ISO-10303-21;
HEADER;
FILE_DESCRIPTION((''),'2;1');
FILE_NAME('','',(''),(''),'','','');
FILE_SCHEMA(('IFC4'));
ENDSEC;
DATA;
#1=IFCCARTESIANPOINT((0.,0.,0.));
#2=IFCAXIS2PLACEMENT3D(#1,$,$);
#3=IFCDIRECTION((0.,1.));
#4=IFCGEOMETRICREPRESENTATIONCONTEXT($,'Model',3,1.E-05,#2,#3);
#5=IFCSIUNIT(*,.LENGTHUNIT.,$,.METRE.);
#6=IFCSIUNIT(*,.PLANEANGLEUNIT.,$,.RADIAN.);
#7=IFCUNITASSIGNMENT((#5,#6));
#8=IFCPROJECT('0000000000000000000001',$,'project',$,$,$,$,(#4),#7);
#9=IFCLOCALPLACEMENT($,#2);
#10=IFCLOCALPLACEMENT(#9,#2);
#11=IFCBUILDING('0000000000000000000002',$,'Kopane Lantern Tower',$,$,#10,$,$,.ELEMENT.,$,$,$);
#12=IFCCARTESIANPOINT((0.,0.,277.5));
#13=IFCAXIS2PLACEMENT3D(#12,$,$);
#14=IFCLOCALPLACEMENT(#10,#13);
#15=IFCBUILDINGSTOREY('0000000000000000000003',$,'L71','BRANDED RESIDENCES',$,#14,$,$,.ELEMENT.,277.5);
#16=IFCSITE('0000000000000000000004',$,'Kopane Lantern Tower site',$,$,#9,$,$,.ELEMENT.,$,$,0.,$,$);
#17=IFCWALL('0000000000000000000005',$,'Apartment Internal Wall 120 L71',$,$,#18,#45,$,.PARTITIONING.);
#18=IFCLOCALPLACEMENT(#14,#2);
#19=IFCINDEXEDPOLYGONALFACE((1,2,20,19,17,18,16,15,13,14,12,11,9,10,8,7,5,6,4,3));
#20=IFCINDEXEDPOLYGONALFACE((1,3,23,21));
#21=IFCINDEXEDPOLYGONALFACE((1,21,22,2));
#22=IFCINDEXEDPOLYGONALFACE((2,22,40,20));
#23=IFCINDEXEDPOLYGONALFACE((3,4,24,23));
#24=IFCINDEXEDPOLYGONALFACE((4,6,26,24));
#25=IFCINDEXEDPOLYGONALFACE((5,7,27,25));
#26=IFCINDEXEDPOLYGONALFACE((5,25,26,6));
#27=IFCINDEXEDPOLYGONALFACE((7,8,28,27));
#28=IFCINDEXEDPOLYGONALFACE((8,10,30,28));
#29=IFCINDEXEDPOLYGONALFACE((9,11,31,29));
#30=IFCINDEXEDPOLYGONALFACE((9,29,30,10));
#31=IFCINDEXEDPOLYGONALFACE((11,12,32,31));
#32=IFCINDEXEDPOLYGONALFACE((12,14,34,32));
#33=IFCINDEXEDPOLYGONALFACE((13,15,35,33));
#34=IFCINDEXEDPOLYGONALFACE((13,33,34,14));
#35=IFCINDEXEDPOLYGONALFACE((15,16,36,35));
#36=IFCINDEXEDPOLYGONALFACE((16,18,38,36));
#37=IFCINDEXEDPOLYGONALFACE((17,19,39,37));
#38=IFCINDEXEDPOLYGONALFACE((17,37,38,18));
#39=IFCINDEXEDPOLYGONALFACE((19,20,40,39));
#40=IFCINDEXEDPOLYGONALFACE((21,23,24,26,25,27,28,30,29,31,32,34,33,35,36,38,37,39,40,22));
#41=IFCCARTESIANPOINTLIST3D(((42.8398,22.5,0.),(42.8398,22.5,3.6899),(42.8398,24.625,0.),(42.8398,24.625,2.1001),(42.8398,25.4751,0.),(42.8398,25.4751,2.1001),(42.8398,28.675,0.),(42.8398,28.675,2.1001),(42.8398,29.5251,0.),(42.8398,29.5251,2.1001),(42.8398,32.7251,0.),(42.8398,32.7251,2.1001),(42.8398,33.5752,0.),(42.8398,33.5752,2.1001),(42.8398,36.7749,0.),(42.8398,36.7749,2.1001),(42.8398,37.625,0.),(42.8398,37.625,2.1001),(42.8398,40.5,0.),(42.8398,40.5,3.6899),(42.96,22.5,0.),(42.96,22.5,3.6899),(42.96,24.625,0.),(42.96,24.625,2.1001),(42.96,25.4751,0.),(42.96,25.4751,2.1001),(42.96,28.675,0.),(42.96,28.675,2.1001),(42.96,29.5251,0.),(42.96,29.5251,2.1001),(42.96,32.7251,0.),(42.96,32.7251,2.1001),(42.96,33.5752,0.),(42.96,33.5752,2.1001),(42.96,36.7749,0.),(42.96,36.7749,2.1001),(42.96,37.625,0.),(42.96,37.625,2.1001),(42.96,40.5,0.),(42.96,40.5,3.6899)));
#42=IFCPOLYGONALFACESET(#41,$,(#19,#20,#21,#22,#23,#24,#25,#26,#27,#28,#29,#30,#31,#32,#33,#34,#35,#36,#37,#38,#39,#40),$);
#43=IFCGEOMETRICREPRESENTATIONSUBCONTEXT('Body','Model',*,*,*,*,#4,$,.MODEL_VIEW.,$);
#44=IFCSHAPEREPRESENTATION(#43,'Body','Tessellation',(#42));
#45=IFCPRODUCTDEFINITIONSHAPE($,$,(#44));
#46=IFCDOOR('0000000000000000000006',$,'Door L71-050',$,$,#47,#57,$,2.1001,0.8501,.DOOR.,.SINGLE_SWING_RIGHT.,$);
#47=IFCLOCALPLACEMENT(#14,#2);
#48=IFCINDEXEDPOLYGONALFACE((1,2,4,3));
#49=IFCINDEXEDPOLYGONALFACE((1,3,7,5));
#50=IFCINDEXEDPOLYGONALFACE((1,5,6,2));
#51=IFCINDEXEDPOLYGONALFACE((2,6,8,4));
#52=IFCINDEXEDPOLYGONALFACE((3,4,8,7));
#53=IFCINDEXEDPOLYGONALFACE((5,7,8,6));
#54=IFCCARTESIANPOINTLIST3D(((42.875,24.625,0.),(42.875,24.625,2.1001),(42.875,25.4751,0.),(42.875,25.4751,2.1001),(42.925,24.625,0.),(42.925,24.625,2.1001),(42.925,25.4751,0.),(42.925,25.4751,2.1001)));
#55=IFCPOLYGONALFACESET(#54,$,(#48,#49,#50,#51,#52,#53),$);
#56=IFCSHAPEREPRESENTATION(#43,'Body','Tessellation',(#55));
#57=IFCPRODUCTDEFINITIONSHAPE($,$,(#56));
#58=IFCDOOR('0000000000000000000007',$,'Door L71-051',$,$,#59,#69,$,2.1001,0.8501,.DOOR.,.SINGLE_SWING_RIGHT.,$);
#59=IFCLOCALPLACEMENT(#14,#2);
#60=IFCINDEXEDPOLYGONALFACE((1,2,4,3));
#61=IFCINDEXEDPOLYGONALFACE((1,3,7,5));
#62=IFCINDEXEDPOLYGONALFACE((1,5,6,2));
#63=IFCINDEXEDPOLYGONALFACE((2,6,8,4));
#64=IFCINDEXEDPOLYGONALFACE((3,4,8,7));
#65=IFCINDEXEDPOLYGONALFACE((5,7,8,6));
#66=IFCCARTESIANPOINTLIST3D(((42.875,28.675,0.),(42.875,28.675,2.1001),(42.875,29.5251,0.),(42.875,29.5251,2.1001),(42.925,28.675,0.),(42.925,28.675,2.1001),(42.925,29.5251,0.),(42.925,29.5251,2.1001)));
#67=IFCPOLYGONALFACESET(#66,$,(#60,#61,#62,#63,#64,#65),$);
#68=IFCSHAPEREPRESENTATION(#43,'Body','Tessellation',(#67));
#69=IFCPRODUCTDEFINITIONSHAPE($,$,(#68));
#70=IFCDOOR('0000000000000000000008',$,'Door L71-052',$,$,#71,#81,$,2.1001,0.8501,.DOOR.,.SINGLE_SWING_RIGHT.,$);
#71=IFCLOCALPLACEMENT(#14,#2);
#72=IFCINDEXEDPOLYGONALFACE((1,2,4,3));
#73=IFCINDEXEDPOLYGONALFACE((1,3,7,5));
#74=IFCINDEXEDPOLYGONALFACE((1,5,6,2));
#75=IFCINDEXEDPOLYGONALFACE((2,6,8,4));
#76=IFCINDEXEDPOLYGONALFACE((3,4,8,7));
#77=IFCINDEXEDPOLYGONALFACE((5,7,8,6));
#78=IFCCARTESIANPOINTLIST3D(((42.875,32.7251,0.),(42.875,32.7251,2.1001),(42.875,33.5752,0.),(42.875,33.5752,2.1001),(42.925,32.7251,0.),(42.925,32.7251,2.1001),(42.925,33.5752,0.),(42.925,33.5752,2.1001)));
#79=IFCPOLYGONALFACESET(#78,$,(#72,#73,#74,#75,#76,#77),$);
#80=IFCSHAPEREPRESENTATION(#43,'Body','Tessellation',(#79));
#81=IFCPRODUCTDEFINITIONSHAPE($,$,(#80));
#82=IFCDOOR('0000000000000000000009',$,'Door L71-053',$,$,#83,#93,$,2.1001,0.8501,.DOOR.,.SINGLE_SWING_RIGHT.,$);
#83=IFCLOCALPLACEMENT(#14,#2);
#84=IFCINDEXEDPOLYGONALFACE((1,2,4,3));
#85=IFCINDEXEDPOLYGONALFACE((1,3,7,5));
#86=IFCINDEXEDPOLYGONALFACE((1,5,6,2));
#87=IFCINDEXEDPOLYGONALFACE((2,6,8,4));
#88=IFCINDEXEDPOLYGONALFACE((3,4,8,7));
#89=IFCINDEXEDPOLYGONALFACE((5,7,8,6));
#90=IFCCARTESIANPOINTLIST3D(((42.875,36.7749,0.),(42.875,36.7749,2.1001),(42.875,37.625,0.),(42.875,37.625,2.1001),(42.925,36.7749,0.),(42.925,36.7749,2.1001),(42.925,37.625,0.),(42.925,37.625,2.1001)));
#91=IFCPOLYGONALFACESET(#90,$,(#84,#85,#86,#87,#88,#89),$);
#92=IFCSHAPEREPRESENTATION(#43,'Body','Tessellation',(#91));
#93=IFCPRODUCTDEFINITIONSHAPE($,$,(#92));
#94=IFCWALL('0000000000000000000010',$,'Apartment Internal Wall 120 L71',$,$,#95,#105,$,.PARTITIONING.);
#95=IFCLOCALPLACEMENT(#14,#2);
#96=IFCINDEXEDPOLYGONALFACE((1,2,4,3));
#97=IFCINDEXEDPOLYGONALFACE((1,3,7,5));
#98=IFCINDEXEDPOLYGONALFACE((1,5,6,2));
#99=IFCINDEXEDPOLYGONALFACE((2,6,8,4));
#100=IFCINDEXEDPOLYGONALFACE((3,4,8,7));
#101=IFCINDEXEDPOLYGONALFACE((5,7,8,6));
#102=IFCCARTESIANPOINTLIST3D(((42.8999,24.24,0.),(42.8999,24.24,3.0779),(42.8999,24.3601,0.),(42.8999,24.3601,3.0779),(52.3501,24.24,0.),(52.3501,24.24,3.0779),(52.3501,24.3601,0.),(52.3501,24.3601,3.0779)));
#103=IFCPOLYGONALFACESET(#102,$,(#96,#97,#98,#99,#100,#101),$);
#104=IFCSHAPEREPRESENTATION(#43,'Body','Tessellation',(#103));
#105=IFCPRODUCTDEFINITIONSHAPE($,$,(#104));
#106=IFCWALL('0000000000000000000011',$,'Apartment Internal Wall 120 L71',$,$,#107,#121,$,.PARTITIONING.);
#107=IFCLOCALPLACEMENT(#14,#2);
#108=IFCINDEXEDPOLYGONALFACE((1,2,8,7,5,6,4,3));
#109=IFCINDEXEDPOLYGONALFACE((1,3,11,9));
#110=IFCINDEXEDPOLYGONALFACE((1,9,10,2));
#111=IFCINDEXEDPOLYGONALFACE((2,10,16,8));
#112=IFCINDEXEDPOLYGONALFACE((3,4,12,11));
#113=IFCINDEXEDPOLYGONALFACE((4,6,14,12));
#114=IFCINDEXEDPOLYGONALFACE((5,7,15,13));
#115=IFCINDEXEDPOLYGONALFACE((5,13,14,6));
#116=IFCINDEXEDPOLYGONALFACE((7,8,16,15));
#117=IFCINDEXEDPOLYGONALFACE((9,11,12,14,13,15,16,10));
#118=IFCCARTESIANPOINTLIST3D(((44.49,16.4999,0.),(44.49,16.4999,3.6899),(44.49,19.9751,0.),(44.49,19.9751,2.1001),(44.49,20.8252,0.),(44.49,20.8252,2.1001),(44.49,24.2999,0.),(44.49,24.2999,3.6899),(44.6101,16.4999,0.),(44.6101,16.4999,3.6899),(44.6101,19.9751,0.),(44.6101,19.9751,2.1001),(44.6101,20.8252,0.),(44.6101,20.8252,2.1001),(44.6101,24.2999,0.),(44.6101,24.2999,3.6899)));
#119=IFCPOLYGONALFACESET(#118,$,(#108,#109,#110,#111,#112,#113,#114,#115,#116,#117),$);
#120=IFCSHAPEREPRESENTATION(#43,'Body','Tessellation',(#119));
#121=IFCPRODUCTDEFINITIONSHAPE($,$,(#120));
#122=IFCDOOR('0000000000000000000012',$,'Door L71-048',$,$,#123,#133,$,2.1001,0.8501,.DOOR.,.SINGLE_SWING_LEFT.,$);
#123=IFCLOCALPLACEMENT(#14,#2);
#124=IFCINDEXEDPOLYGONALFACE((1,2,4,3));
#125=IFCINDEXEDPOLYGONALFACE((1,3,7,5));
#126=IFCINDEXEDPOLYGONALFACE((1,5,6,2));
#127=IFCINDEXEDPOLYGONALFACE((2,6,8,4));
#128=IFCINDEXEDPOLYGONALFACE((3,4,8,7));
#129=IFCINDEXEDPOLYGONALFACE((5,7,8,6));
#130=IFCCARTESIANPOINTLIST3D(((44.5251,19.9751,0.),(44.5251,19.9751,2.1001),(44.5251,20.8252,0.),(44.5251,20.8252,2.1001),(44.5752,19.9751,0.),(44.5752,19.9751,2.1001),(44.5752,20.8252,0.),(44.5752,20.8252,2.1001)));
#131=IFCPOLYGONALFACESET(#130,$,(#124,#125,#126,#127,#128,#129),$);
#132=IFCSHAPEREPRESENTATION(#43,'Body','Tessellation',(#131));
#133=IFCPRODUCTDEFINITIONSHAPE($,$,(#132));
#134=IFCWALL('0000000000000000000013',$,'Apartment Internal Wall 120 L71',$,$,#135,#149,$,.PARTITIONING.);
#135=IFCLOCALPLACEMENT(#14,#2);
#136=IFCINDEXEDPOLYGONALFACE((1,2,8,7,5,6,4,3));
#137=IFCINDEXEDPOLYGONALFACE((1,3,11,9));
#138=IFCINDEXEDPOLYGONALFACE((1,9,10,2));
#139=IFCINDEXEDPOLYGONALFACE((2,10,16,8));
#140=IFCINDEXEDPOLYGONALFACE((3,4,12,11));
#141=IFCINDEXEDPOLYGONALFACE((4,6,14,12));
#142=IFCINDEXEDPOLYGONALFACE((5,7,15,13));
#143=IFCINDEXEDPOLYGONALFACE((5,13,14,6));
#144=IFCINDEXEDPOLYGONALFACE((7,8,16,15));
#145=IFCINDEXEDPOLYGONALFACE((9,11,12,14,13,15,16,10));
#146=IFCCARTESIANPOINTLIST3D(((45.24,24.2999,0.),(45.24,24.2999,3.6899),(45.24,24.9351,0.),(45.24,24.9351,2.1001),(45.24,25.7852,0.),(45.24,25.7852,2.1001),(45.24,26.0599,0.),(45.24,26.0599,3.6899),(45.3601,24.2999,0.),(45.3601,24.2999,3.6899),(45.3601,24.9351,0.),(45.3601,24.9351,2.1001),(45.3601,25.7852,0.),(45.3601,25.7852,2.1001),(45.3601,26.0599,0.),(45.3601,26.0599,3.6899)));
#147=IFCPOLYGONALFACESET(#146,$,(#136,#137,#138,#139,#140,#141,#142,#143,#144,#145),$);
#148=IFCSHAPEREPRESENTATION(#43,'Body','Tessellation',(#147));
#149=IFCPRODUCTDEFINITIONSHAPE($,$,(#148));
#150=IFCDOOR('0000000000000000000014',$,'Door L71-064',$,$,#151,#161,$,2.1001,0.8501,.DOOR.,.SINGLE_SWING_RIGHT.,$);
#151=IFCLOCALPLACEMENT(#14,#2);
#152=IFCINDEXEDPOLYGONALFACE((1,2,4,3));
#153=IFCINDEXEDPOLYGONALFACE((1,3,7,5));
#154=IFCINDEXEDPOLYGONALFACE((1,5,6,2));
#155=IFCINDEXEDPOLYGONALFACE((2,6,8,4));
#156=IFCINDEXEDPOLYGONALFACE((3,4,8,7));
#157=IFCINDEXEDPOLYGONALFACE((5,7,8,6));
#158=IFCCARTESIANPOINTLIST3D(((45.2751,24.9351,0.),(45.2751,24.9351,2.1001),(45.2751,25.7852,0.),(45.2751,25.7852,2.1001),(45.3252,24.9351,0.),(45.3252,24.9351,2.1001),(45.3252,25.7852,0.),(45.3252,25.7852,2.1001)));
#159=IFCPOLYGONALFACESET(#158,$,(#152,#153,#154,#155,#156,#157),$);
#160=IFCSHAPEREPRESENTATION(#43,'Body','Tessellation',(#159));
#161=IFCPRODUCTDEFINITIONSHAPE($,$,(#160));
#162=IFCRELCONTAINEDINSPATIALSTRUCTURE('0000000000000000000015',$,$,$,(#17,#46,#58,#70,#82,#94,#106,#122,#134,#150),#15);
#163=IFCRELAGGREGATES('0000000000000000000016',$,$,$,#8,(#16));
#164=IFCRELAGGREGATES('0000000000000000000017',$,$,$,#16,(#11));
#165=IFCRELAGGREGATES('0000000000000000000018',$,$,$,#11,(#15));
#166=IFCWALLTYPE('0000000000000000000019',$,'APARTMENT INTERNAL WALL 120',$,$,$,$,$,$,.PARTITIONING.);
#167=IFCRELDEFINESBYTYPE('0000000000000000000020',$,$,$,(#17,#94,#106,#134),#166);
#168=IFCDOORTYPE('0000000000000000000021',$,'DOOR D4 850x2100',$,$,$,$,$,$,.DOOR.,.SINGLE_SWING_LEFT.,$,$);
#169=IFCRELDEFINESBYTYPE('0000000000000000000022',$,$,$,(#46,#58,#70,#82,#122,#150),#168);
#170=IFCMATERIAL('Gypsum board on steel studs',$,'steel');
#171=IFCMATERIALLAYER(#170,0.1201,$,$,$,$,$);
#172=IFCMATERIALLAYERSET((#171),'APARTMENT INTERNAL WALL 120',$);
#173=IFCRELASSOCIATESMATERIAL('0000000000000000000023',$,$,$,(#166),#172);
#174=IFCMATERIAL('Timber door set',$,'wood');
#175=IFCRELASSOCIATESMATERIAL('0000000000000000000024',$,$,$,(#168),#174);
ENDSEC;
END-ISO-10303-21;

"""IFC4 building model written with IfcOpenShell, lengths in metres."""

from ifc_helpers import new_model, si_unit, direction, frame, frame_2d, origin, place, context, subcontext, project, spatial, rectangle, extrude, material, layer, layer_set, type_object, element, fill, save


model = new_model("IFC4")

# Units and contexts
model_context = context("Model", 3, precision=1e-05, world=origin(), true_north=direction((0.0, 1.0)))
body_context = subcontext(model_context, "Body", "Model", "MODEL_VIEW")
ifc_project = project(units=[si_unit("LENGTHUNIT", "METRE"), si_unit("PLANEANGLEUNIT", "RADIAN")], contexts=[model_context])

# Site, building, storey
site_placement = place(None, origin())
site = spatial("IfcSite", under=ifc_project, at=site_placement, Name="Kopane Lantern Tower site", CompositionType="ELEMENT", RefElevation=0.0)
building_placement = place(site_placement, origin())
building = spatial("IfcBuilding", under=site, at=building_placement, Name="Kopane Lantern Tower", CompositionType="ELEMENT")
storey_placement = place(building_placement, frame((0.0, 0.0, 277.5)))
storey = spatial("IfcBuildingStorey", under=building, at=storey_placement, Name="L71", Description="BRANDED RESIDENCES", CompositionType="ELEMENT", Elevation=277.5)

# Wall, openings, doors
ifc_material_1 = material(Name="Gypsum board on steel studs", Category="steel")
ifc_layer = layer(ifc_material_1, 0.1201)
ifc_layer_set = layer_set([ifc_layer], Name="APARTMENT INTERNAL WALL 120")
wall_type = type_object("IfcWallType", Name="APARTMENT INTERNAL WALL 120", PredefinedType="PARTITIONING", material=ifc_layer_set)
wall_1_placement = place(storey_placement, frame((42.8999, 22.5, 0.0), z_axis=(0.0, 0.0, 1.0), x_axis=(0.0, 1.0, 0.0)))
wall_1 = element("IfcWall", 1, at=wall_1_placement, inside=storey, type_object=wall_type, Name="Apartment Internal Wall 120 L71", PredefinedType="PARTITIONING", context=body_context, shape_type="SweptSolid", body=[
    extrude(rectangle(XDim=18.0, YDim=0.1201, at=frame_2d((9.0, 0.0))), origin(), (0.0, 0.0, 1.0), 3.6899),
])
opening_1_placement = place(wall_1_placement, frame((2.125, 0.0, 0.0)))
opening_1 = element("IfcOpeningElement", 2, at=opening_1_placement, cuts=wall_1, PredefinedType="OPENING", context=body_context, shape_type="SweptSolid", body=[
    extrude(rectangle(XDim=0.8501, YDim=2.1001, at=frame_2d((0.425, 1.05))), frame((0.0, 0.0701, 0.0), z_axis=(0.0, -1.0, 0.0), x_axis=(1.0, 0.0, 0.0)), (0.0, 0.0, 1.0), 0.1401),
])
opening_2_placement = place(wall_1_placement, frame((6.175, 0.0, 0.0)))
opening_2 = element("IfcOpeningElement", 3, at=opening_2_placement, cuts=wall_1, PredefinedType="OPENING", context=body_context, shape_type="SweptSolid", body=[
    extrude(rectangle(XDim=0.8501, YDim=2.1001, at=frame_2d((0.425, 1.05))), frame((0.0, 0.0701, 0.0), z_axis=(0.0, -1.0, 0.0), x_axis=(1.0, 0.0, 0.0)), (0.0, 0.0, 1.0), 0.1401),
])
opening_3_placement = place(wall_1_placement, frame((10.2251, 0.0, 0.0)))
opening_3 = element("IfcOpeningElement", 4, at=opening_3_placement, cuts=wall_1, PredefinedType="OPENING", context=body_context, shape_type="SweptSolid", body=[
    extrude(rectangle(XDim=0.8501, YDim=2.1001, at=frame_2d((0.425, 1.05))), frame((0.0, 0.0701, 0.0), z_axis=(0.0, -1.0, 0.0), x_axis=(1.0, 0.0, 0.0)), (0.0, 0.0, 1.0), 0.1401),
])
opening_4_placement = place(wall_1_placement, frame((14.2749, 0.0, 0.0)))
opening_4 = element("IfcOpeningElement", 5, at=opening_4_placement, cuts=wall_1, PredefinedType="OPENING", context=body_context, shape_type="SweptSolid", body=[
    extrude(rectangle(XDim=0.8501, YDim=2.1001, at=frame_2d((0.425, 1.05))), frame((0.0, 0.0701, 0.0), z_axis=(0.0, -1.0, 0.0), x_axis=(1.0, 0.0, 0.0)), (0.0, 0.0, 1.0), 0.1401),
])
ifc_material_2 = material(Name="Timber door set", Category="wood")
door_type = type_object("IfcDoorType", Name="DOOR D4 850x2100", OperationType="SINGLE_SWING_LEFT", PredefinedType="DOOR", material=ifc_material_2)
door_1_placement = place(opening_1_placement, origin())
door_1 = element("IfcDoor", 6, at=door_1_placement, inside=storey, type_object=door_type, Name="Door L71-050", OperationType="SINGLE_SWING_RIGHT", OverallHeight=2.1001, OverallWidth=0.8501, PredefinedType="DOOR", context=body_context, shape_type="SweptSolid", body=[
    extrude(rectangle(XDim=0.8501, YDim=2.1001, at=frame_2d((0.425, 1.05))), frame((0.0, 0.0249, 0.0), z_axis=(0.0, -1.0, 0.0), x_axis=(1.0, 0.0, 0.0)), (0.0, 0.0, 1.0), 0.05),
])
fill(opening_1, door_1)
door_2_placement = place(opening_2_placement, origin())
door_2 = element("IfcDoor", 7, at=door_2_placement, inside=storey, type_object=door_type, Name="Door L71-051", OperationType="SINGLE_SWING_RIGHT", OverallHeight=2.1001, OverallWidth=0.8501, PredefinedType="DOOR", context=body_context, shape_type="SweptSolid", body=[
    extrude(rectangle(XDim=0.8501, YDim=2.1001, at=frame_2d((0.425, 1.05))), frame((0.0, 0.0249, 0.0), z_axis=(0.0, -1.0, 0.0), x_axis=(1.0, 0.0, 0.0)), (0.0, 0.0, 1.0), 0.05),
])
fill(opening_2, door_2)
door_3_placement = place(opening_3_placement, origin())
door_3 = element("IfcDoor", 8, at=door_3_placement, inside=storey, type_object=door_type, Name="Door L71-052", OperationType="SINGLE_SWING_RIGHT", OverallHeight=2.1001, OverallWidth=0.8501, PredefinedType="DOOR", context=body_context, shape_type="SweptSolid", body=[
    extrude(rectangle(XDim=0.8501, YDim=2.1001, at=frame_2d((0.425, 1.05))), frame((0.0, 0.0249, 0.0), z_axis=(0.0, -1.0, 0.0), x_axis=(1.0, 0.0, 0.0)), (0.0, 0.0, 1.0), 0.05),
])
fill(opening_3, door_3)
door_4_placement = place(opening_4_placement, origin())
door_4 = element("IfcDoor", 9, at=door_4_placement, inside=storey, type_object=door_type, Name="Door L71-053", OperationType="SINGLE_SWING_RIGHT", OverallHeight=2.1001, OverallWidth=0.8501, PredefinedType="DOOR", context=body_context, shape_type="SweptSolid", body=[
    extrude(rectangle(XDim=0.8501, YDim=2.1001, at=frame_2d((0.425, 1.05))), frame((0.0, 0.0249, 0.0), z_axis=(0.0, -1.0, 0.0), x_axis=(1.0, 0.0, 0.0)), (0.0, 0.0, 1.0), 0.05),
])
fill(opening_4, door_4)

# Wall
wall_2_placement = place(storey_placement, frame((42.8999, 24.3, 0.0), z_axis=(0.0, 0.0, 1.0), x_axis=(1.0, 0.0, 0.0)))
element("IfcWall", 10, at=wall_2_placement, inside=storey, type_object=wall_type, Name="Apartment Internal Wall 120 L71", PredefinedType="PARTITIONING", context=body_context, shape_type="SweptSolid", body=[
    extrude(rectangle(XDim=9.4502, YDim=0.1201, at=frame_2d((4.7251, 0.0))), origin(), (0.0, 0.0, 1.0), 3.0779),
])

# Walls, openings, doors
wall_3_placement = place(storey_placement, frame((44.55, 16.5, 0.0), z_axis=(0.0, 0.0, 1.0), x_axis=(0.0, 1.0, 0.0)))
wall_3 = element("IfcWall", 11, at=wall_3_placement, inside=storey, type_object=wall_type, Name="Apartment Internal Wall 120 L71", PredefinedType="PARTITIONING", context=body_context, shape_type="SweptSolid", body=[
    extrude(rectangle(XDim=7.8, YDim=0.1201, at=frame_2d((3.8999, 0.0))), origin(), (0.0, 0.0, 1.0), 3.6899),
])
opening_5_placement = place(wall_3_placement, frame((3.4751, 0.0, 0.0)))
opening_5 = element("IfcOpeningElement", 12, at=opening_5_placement, cuts=wall_3, PredefinedType="OPENING", context=body_context, shape_type="SweptSolid", body=[
    extrude(rectangle(XDim=0.8501, YDim=2.1001, at=frame_2d((0.425, 1.05))), frame((0.0, 0.0701, 0.0), z_axis=(0.0, -1.0, 0.0), x_axis=(1.0, 0.0, 0.0)), (0.0, 0.0, 1.0), 0.1401),
])
door_5_placement = place(opening_5_placement, origin())
door_5 = element("IfcDoor", 13, at=door_5_placement, inside=storey, type_object=door_type, Name="Door L71-048", OperationType="SINGLE_SWING_LEFT", OverallHeight=2.1001, OverallWidth=0.8501, PredefinedType="DOOR", context=body_context, shape_type="SweptSolid", body=[
    extrude(rectangle(XDim=0.8501, YDim=2.1001, at=frame_2d((0.425, 1.05))), frame((0.0, 0.0249, 0.0), z_axis=(0.0, -1.0, 0.0), x_axis=(1.0, 0.0, 0.0)), (0.0, 0.0, 1.0), 0.05),
])
fill(opening_5, door_5)
wall_4_placement = place(storey_placement, frame((45.3, 24.3, 0.0), z_axis=(0.0, 0.0, 1.0), x_axis=(0.0, 1.0, 0.0)))
wall_4 = element("IfcWall", 14, at=wall_4_placement, inside=storey, type_object=wall_type, Name="Apartment Internal Wall 120 L71", PredefinedType="PARTITIONING", context=body_context, shape_type="SweptSolid", body=[
    extrude(rectangle(XDim=1.76, YDim=0.1201, at=frame_2d((0.8799, 0.0))), origin(), (0.0, 0.0, 1.0), 3.6899),
])
opening_6_placement = place(wall_4_placement, frame((0.635, 0.0, 0.0)))
opening_6 = element("IfcOpeningElement", 15, at=opening_6_placement, cuts=wall_4, PredefinedType="OPENING", context=body_context, shape_type="SweptSolid", body=[
    extrude(rectangle(XDim=0.8501, YDim=2.1001, at=frame_2d((0.425, 1.05))), frame((0.0, 0.0701, 0.0), z_axis=(0.0, -1.0, 0.0), x_axis=(1.0, 0.0, 0.0)), (0.0, 0.0, 1.0), 0.1401),
])
door_6_placement = place(opening_6_placement, origin())
door_6 = element("IfcDoor", 16, at=door_6_placement, inside=storey, type_object=door_type, Name="Door L71-064", OperationType="SINGLE_SWING_RIGHT", OverallHeight=2.1001, OverallWidth=0.8501, PredefinedType="DOOR", context=body_context, shape_type="SweptSolid", body=[
    extrude(rectangle(XDim=0.8501, YDim=2.1001, at=frame_2d((0.425, 1.05))), frame((0.0, 0.0249, 0.0), z_axis=(0.0, -1.0, 0.0), x_axis=(1.0, 0.0, 0.0)), (0.0, 0.0, 1.0), 0.05),
])
fill(opening_6, door_6)

save(model, "model.ifc")
